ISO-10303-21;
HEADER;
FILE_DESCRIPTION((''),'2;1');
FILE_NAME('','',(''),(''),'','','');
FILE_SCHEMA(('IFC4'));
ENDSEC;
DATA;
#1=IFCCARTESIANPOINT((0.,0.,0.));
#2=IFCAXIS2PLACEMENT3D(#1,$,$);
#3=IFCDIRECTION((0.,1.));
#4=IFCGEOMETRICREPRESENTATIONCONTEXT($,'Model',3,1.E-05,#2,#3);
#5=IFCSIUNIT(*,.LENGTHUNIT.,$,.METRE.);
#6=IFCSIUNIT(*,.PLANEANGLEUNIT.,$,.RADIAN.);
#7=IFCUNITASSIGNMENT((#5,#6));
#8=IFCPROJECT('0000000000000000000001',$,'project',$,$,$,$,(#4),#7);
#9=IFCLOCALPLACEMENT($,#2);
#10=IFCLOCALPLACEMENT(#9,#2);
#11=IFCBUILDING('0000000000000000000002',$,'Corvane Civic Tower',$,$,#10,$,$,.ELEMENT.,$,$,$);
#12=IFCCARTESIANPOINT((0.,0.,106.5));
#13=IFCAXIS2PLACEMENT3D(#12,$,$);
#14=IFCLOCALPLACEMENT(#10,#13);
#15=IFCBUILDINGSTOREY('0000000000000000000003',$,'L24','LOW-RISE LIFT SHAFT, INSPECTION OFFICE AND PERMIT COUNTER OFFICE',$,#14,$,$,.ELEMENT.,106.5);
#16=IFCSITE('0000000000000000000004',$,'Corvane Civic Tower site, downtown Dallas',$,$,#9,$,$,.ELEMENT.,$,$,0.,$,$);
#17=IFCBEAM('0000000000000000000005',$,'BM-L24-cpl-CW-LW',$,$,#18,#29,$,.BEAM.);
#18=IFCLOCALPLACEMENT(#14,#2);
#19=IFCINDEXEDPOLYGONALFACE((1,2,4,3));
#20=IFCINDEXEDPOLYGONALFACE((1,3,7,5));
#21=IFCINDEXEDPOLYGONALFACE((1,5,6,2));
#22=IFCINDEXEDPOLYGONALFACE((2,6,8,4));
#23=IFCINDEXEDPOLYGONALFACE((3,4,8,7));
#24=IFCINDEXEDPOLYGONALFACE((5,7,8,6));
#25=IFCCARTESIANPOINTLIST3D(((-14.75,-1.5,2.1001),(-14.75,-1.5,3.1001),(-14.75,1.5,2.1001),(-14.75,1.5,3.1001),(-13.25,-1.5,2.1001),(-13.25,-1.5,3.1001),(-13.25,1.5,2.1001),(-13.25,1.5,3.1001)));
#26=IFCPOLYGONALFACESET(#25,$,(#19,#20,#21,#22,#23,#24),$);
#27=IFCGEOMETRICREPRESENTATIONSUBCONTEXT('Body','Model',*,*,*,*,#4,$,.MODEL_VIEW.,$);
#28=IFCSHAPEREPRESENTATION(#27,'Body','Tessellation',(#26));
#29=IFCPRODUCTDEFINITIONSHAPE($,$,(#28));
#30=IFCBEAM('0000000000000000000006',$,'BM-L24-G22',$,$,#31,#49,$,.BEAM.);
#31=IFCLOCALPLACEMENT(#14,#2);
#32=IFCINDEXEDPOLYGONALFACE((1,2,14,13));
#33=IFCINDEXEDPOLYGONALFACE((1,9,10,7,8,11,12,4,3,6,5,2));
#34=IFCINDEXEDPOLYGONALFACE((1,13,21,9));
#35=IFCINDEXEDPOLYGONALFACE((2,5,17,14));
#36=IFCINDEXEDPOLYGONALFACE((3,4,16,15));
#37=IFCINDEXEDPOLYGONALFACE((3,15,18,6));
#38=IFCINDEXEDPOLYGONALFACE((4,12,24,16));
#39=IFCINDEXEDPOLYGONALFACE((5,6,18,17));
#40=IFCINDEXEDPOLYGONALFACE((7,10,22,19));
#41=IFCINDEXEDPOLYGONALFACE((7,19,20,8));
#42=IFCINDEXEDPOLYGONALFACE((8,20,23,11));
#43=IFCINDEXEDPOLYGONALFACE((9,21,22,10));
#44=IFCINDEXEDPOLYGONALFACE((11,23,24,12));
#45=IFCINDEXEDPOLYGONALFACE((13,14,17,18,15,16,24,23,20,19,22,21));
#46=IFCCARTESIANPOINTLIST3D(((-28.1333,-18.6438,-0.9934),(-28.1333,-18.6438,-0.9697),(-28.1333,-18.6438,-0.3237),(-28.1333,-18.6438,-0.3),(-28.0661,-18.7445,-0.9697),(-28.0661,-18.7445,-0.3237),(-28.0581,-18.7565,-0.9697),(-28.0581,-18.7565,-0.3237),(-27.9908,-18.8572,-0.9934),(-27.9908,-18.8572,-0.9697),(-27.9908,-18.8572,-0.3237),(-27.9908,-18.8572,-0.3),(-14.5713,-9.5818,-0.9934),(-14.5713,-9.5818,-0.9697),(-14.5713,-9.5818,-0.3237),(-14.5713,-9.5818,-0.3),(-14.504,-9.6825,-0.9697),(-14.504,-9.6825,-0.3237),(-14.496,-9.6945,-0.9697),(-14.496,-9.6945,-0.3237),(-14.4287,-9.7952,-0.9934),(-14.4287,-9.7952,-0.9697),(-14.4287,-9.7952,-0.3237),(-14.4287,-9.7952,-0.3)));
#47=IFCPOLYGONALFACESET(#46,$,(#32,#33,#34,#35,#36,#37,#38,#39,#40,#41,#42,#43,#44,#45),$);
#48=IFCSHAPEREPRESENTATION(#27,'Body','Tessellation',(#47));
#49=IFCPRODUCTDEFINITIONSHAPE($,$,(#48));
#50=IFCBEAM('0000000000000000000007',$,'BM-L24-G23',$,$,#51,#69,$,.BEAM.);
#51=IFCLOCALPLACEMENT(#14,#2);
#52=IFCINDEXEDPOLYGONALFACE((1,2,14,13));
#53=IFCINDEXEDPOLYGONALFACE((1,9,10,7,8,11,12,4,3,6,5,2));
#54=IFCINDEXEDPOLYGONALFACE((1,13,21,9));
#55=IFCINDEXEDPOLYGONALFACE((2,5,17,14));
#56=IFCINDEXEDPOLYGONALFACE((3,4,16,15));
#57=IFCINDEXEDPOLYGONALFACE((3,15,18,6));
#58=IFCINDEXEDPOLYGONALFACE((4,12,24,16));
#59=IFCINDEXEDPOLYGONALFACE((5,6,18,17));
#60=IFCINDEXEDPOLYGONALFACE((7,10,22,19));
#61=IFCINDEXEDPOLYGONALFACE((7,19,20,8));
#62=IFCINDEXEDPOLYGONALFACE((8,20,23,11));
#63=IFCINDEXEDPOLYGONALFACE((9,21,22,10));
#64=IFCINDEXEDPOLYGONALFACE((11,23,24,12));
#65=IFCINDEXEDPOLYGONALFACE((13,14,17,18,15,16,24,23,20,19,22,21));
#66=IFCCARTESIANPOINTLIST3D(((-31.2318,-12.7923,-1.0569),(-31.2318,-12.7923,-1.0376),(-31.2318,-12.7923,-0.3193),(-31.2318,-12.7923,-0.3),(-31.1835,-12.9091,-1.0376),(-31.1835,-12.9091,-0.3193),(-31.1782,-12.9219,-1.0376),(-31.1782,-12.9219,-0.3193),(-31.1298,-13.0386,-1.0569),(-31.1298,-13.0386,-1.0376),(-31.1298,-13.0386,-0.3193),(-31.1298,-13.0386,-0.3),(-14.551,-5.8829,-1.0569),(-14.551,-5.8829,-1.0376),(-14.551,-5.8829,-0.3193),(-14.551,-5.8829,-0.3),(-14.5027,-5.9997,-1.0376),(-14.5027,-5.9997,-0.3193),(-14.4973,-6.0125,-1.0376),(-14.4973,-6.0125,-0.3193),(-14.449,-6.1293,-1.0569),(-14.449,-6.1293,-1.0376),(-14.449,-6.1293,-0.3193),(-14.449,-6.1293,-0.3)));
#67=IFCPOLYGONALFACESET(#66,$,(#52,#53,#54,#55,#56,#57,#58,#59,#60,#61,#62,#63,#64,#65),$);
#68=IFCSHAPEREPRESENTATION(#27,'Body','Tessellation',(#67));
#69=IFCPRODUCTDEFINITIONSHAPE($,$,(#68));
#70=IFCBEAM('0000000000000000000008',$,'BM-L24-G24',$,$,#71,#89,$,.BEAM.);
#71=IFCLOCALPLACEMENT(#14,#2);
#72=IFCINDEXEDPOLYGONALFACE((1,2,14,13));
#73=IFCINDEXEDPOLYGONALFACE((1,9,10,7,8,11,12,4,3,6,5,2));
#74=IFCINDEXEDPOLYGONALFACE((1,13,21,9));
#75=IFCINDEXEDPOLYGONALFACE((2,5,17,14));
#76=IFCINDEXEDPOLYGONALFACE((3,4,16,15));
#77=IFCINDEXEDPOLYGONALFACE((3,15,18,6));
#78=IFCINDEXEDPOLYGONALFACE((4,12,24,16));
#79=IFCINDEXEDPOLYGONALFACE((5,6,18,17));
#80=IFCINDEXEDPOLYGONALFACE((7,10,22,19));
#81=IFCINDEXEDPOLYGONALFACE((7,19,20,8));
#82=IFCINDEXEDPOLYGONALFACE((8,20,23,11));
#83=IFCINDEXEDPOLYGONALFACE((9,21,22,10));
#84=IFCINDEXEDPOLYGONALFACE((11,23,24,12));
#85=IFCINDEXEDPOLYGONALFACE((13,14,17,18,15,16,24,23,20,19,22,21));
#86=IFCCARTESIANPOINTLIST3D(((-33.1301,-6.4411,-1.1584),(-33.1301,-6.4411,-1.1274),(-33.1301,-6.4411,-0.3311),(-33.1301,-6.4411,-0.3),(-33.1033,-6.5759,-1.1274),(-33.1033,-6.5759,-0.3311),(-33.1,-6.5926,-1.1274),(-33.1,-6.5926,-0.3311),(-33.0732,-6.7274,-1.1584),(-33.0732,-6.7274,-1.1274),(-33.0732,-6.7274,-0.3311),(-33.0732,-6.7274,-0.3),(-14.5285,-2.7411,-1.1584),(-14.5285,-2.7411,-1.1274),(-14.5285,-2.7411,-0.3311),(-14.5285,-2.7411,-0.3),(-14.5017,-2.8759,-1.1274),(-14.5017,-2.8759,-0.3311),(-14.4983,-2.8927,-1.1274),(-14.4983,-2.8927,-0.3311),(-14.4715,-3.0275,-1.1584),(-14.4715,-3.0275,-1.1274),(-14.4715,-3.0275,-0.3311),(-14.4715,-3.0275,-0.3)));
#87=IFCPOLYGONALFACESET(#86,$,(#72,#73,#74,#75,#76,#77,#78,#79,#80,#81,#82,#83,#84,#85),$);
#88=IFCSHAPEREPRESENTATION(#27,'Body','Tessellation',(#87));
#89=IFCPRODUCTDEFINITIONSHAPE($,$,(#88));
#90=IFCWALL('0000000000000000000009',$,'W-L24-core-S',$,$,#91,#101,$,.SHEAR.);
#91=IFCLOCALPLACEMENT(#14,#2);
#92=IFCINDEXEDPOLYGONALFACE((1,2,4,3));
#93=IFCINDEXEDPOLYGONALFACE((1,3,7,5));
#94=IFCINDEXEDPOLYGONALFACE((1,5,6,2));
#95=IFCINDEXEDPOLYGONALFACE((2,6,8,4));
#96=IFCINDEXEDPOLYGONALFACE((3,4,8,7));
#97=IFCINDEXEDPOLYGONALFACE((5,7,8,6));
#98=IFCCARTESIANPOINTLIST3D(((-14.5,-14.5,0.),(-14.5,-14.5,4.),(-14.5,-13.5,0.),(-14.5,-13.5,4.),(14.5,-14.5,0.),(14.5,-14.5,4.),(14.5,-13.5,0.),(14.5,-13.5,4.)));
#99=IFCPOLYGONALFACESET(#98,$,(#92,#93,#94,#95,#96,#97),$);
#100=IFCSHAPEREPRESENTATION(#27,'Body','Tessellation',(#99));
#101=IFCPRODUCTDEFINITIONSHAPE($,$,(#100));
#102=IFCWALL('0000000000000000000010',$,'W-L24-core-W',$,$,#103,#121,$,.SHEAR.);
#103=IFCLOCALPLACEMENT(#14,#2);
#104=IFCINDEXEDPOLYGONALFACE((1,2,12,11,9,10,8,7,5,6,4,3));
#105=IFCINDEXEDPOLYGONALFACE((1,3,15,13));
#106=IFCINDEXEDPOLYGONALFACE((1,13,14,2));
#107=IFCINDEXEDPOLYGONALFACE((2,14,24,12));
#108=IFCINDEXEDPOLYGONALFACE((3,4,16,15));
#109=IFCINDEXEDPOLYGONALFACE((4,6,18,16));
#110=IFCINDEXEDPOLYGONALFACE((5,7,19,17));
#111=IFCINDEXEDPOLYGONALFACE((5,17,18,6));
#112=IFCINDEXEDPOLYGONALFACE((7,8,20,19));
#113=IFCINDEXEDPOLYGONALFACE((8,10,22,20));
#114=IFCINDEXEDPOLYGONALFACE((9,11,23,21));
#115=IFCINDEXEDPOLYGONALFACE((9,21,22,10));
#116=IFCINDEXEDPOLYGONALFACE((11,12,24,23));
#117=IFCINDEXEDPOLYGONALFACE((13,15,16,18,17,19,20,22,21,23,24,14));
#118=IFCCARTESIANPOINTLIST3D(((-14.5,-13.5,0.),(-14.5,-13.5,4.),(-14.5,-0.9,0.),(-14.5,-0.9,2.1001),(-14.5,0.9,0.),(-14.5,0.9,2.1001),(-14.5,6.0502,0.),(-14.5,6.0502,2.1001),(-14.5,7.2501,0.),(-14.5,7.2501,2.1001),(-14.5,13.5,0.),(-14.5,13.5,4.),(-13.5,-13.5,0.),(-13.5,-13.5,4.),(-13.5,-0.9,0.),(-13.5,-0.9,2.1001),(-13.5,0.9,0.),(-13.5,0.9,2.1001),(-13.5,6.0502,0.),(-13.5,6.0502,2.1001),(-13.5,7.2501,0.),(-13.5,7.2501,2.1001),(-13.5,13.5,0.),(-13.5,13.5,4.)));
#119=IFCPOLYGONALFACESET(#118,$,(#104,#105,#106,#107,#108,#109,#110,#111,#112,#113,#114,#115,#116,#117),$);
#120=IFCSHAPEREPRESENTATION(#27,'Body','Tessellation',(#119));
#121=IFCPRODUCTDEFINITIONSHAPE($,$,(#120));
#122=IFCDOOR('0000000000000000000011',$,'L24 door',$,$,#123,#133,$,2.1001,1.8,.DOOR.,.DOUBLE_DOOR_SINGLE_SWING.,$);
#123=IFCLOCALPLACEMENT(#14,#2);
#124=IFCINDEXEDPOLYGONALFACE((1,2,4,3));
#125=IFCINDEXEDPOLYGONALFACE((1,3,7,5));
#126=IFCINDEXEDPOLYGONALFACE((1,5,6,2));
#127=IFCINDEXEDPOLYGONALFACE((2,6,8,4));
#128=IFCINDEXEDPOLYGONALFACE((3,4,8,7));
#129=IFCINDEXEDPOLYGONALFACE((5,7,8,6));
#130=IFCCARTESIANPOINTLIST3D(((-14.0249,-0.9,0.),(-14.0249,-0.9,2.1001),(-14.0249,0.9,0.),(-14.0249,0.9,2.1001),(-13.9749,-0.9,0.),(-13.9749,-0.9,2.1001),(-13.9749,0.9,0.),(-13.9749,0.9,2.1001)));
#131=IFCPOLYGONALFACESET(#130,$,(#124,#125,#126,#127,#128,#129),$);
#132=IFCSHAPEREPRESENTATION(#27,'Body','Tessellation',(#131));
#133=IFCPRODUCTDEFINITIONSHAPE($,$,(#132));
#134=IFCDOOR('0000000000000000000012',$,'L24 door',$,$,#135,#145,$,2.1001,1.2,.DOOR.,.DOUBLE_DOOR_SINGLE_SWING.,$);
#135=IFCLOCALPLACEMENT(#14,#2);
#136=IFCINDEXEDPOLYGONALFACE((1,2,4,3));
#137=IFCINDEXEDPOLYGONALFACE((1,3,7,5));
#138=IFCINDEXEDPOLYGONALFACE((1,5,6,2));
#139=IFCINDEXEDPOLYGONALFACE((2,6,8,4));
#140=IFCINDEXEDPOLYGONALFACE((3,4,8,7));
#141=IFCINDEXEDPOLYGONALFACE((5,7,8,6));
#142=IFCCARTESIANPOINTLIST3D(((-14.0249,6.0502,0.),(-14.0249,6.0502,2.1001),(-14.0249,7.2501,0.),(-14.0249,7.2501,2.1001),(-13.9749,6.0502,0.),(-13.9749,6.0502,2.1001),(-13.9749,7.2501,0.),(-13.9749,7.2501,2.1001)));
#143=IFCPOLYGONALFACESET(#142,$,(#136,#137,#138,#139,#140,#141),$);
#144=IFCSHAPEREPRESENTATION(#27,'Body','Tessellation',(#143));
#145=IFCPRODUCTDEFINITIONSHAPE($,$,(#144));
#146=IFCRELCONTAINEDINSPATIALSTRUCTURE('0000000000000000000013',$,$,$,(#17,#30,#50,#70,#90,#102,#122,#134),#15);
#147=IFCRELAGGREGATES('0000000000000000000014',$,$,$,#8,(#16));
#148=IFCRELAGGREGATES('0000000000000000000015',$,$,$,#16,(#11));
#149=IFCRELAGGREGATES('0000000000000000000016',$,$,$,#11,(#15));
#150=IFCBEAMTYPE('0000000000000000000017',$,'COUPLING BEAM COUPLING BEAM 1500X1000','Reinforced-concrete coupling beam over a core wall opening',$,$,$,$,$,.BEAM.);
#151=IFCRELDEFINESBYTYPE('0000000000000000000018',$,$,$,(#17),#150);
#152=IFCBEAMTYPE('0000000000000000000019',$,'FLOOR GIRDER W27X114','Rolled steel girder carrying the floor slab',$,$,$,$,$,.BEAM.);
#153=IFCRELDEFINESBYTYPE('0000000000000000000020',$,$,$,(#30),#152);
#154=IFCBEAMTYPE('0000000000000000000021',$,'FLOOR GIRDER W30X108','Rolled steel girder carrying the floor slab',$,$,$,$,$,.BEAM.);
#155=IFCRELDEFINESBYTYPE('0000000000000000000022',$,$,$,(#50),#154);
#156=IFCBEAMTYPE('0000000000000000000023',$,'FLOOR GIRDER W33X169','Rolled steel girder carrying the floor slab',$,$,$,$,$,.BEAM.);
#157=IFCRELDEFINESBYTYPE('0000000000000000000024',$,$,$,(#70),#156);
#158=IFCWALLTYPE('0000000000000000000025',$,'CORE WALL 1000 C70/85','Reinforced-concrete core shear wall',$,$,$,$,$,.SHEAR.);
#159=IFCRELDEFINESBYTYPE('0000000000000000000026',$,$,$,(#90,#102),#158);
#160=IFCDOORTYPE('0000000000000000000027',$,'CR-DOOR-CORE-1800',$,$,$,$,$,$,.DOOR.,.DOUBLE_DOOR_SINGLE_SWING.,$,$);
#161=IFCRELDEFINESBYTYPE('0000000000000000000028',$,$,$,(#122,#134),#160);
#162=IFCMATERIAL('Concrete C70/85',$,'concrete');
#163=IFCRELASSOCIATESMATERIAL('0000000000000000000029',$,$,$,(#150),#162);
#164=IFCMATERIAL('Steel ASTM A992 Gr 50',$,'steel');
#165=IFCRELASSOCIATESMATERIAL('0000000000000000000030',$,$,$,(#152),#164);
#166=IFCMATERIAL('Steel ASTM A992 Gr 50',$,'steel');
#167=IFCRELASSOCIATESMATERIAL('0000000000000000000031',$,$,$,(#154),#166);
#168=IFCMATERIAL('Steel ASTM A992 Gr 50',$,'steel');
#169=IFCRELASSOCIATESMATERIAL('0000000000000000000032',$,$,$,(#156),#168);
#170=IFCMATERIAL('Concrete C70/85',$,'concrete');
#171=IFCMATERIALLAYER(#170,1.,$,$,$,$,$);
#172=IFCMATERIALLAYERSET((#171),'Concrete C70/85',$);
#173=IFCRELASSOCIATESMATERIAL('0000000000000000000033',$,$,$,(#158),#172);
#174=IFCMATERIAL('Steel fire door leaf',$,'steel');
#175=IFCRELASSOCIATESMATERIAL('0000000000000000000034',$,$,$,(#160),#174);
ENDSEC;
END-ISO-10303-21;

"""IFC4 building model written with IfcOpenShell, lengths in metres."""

from ifc_helpers import new_model, si_unit, direction, frame, frame_2d, origin, origin_2d, place, context, subcontext, project, spatial, rectangle, i_section, extrude, material, layer, layer_set, material_profile, profile_set, type_object, element, fill, save


model = new_model("IFC4")

# Units and contexts
model_context = context("Model", 3, precision=1e-05, world=origin(), true_north=direction((0.0, 1.0)))
body_context = subcontext(model_context, "Body", "Model", "MODEL_VIEW")
ifc_project = project(units=[si_unit("LENGTHUNIT", "METRE"), si_unit("PLANEANGLEUNIT", "RADIAN")], contexts=[model_context])

# Site, building, storey
site_placement = place(None, origin())
site = spatial("IfcSite", under=ifc_project, at=site_placement, Name="Corvane Civic Tower site, downtown Dallas", CompositionType="ELEMENT", RefElevation=0.0)
building_placement = place(site_placement, origin())
building = spatial("IfcBuilding", under=site, at=building_placement, Name="Corvane Civic Tower", CompositionType="ELEMENT")
storey_placement = place(building_placement, frame((0.0, 0.0, 106.5)))
storey = spatial("IfcBuildingStorey", under=building, at=storey_placement, Name="L24", Description="LOW-RISE LIFT SHAFT, INSPECTION OFFICE AND PERMIT COUNTER OFFICE", CompositionType="ELEMENT", Elevation=106.5)

# Beams
ifc_material_1 = material(Name="Concrete C70/85", Category="concrete")
ifc_material_profile_1 = material_profile(ifc_material_1, rectangle(XDim=1.5, YDim=1.0, at=origin_2d()), Name="COUPLING BEAM 1500X1000")
ifc_profile_set_1 = profile_set([ifc_material_profile_1], Name="Concrete C70/85")
beam_type_1 = type_object("IfcBeamType", Name="COUPLING BEAM COUPLING BEAM 1500X1000", Description="Reinforced-concrete coupling beam over a core wall opening", PredefinedType="BEAM", material=ifc_profile_set_1)
beam_1_placement = place(storey_placement, frame((-14.0, -1.5, 2.6001), z_axis=(0.0, 1.0, 0.0), x_axis=(-1.0, 0.0, 0.0)))
element("IfcBeam", 1, at=beam_1_placement, inside=storey, type_object=beam_type_1, Name="BM-L24-cpl-CW-LW", PredefinedType="BEAM", context=body_context, shape_type="SweptSolid", body=[
    extrude(rectangle(XDim=1.5, YDim=1.0, at=origin_2d()), origin(), (0.0, 0.0, 1.0), 3.0),
])
ifc_material_2 = material(Name="Steel ASTM A992 Gr 50", Category="steel")
ifc_material_profile_2 = material_profile(ifc_material_2, i_section(OverallWidth=0.2566, OverallDepth=0.6934, WebThickness=0.0144, FlangeThickness=0.0237, at=origin_2d()), Name="W27X114")
ifc_profile_set_2 = profile_set([ifc_material_profile_2], Name="Steel ASTM A992 Gr 50")
beam_type_2 = type_object("IfcBeamType", Name="FLOOR GIRDER W27X114", Description="Rolled steel girder carrying the floor slab", PredefinedType="BEAM", material=ifc_profile_set_2)
beam_2_placement = place(storey_placement, frame((-14.5, -9.6885, -0.6467), z_axis=(-0.831465, -0.555577, 0.0), x_axis=(0.555577, -0.831465, 0.0)))
element("IfcBeam", 2, at=beam_2_placement, inside=storey, type_object=beam_type_2, Name="BM-L24-G22", PredefinedType="BEAM", context=body_context, shape_type="SweptSolid", body=[
    extrude(i_section(OverallWidth=0.2566, OverallDepth=0.6934, WebThickness=0.0144, FlangeThickness=0.0237, at=origin_2d()), origin(), (0.0, 0.0, 1.0), 16.311),
])
ifc_material_3 = material(Name="Steel ASTM A992 Gr 50", Category="steel")
ifc_material_profile_3 = material_profile(ifc_material_3, i_section(OverallWidth=0.2666, OverallDepth=0.7568, WebThickness=0.0139, FlangeThickness=0.0193, at=origin_2d()), Name="W30X108")
ifc_profile_set_3 = profile_set([ifc_material_profile_3], Name="Steel ASTM A992 Gr 50")
beam_type_3 = type_object("IfcBeamType", Name="FLOOR GIRDER W30X108", Description="Rolled steel girder carrying the floor slab", PredefinedType="BEAM", material=ifc_profile_set_3)
beam_3_placement = place(storey_placement, frame((-14.5, -6.0061, -0.6785), z_axis=(-0.92388, -0.382682, 0.0), x_axis=(0.382682, -0.92388, 0.0)))
element("IfcBeam", 3, at=beam_3_placement, inside=storey, type_object=beam_type_3, Name="BM-L24-G23", PredefinedType="BEAM", context=body_context, shape_type="SweptSolid", body=[
    extrude(i_section(OverallWidth=0.2666, OverallDepth=0.7568, WebThickness=0.0139, FlangeThickness=0.0193, at=origin_2d()), origin(), (0.0, 0.0, 1.0), 18.0552),
])
ifc_material_4 = material(Name="Steel ASTM A992 Gr 50", Category="steel")
ifc_material_profile_4 = material_profile(ifc_material_4, i_section(OverallWidth=0.292, OverallDepth=0.8584, WebThickness=0.0171, FlangeThickness=0.031, at=origin_2d()), Name="W33X169")
ifc_profile_set_4 = profile_set([ifc_material_profile_4], Name="Steel ASTM A992 Gr 50")
beam_type_4 = type_object("IfcBeamType", Name="FLOOR GIRDER W33X169", Description="Rolled steel girder carrying the floor slab", PredefinedType="BEAM", material=ifc_profile_set_4)
beam_4_placement = place(storey_placement, frame((-14.5, -2.8843, -0.7292), z_axis=(-0.980787, -0.195084, 0.0), x_axis=(0.195084, -0.980787, 0.0)))
element("IfcBeam", 4, at=beam_4_placement, inside=storey, type_object=beam_type_4, Name="BM-L24-G24", PredefinedType="BEAM", context=body_context, shape_type="SweptSolid", body=[
    extrude(i_section(OverallWidth=0.292, OverallDepth=0.8584, WebThickness=0.0171, FlangeThickness=0.031, at=origin_2d()), origin(), (0.0, 0.0, 1.0), 18.9661),
])

# Wall
ifc_material_5 = material(Name="Concrete C70/85", Category="concrete")
ifc_layer_1 = layer(ifc_material_5, 1.0)
ifc_layer_set_1 = layer_set([ifc_layer_1], Name="Concrete C70/85")
wall_type_1 = type_object("IfcWallType", Name="CORE WALL 1000 C70/85", Description="Reinforced-concrete core shear wall", PredefinedType="SHEAR", material=ifc_layer_set_1)
wall_1_placement = place(storey_placement, frame((-14.5, -14.0, 0.0), z_axis=(0.0, 0.0, 1.0), x_axis=(1.0, 0.0, 0.0)))
element("IfcWall", 5, at=wall_1_placement, inside=storey, type_object=wall_type_1, Name="W-L24-core-S", PredefinedType="SHEAR", context=body_context, shape_type="SweptSolid", body=[
    extrude(rectangle(XDim=29.0, YDim=1.0, at=frame_2d((14.5, 0.0))), origin(), (0.0, 0.0, 1.0), 4.0),
])

# Wall, openings, doors
wall_2_placement = place(storey_placement, frame((-14.0, -13.5, 0.0), z_axis=(0.0, 0.0, 1.0), x_axis=(0.0, 1.0, 0.0)))
wall_2 = element("IfcWall", 6, at=wall_2_placement, inside=storey, type_object=wall_type_1, Name="W-L24-core-W", PredefinedType="SHEAR", context=body_context, shape_type="SweptSolid", body=[
    extrude(rectangle(XDim=27.0, YDim=1.0, at=frame_2d((13.5, 0.0))), origin(), (0.0, 0.0, 1.0), 4.0),
])
opening_1_placement = place(wall_2_placement, frame((12.6001, 0.0, 0.0)))
opening_1 = element("IfcOpeningElement", 7, at=opening_1_placement, cuts=wall_2, PredefinedType="OPENING", context=body_context, shape_type="SweptSolid", body=[
    extrude(rectangle(XDim=1.8, YDim=2.1001, at=frame_2d((0.8999, 1.05))), frame((0.0, 0.51, 0.0), z_axis=(0.0, -1.0, 0.0), x_axis=(1.0, 0.0, 0.0)), (0.0, 0.0, 1.0), 1.02),
])
opening_2_placement = place(wall_2_placement, frame((19.55, 0.0, 0.0)))
opening_2 = element("IfcOpeningElement", 8, at=opening_2_placement, cuts=wall_2, PredefinedType="OPENING", context=body_context, shape_type="SweptSolid", body=[
    extrude(rectangle(XDim=1.2, YDim=2.1001, at=frame_2d((0.6001, 1.05))), frame((0.0, 0.51, 0.0), z_axis=(0.0, -1.0, 0.0), x_axis=(1.0, 0.0, 0.0)), (0.0, 0.0, 1.0), 1.02),
])
ifc_material_6 = material(Name="Steel fire door leaf", Category="steel")
door_type_1 = type_object("IfcDoorType", Name="CR-DOOR-CORE-1800", OperationType="DOUBLE_DOOR_SINGLE_SWING", PredefinedType="DOOR", material=ifc_material_6)
door_1_placement = place(opening_1_placement, origin())
door_1 = element("IfcDoor", 9, at=door_1_placement, inside=storey, type_object=door_type_1, Name="L24 door", OperationType="DOUBLE_DOOR_SINGLE_SWING", OverallHeight=2.1001, OverallWidth=1.8, PredefinedType="DOOR", context=body_context, shape_type="SweptSolid", body=[
    extrude(rectangle(XDim=1.8, YDim=2.1001, at=frame_2d((0.8999, 1.05))), frame((0.0, 0.0249, 0.0), z_axis=(0.0, -1.0, 0.0), x_axis=(1.0, 0.0, 0.0)), (0.0, 0.0, 1.0), 0.05),
])
fill(opening_1, door_1)
door_2_placement = place(opening_2_placement, origin())
door_2 = element("IfcDoor", 10, at=door_2_placement, inside=storey, type_object=door_type_1, Name="L24 door", OperationType="DOUBLE_DOOR_SINGLE_SWING", OverallHeight=2.1001, OverallWidth=1.2, PredefinedType="DOOR", context=body_context, shape_type="SweptSolid", body=[
    extrude(rectangle(XDim=1.2, YDim=2.1001, at=frame_2d((0.6001, 1.05))), frame((0.0, 0.0249, 0.0), z_axis=(0.0, -1.0, 0.0), x_axis=(1.0, 0.0, 0.0)), (0.0, 0.0, 1.0), 0.05),
])
fill(opening_2, door_2)

save(model, "model.ifc")
